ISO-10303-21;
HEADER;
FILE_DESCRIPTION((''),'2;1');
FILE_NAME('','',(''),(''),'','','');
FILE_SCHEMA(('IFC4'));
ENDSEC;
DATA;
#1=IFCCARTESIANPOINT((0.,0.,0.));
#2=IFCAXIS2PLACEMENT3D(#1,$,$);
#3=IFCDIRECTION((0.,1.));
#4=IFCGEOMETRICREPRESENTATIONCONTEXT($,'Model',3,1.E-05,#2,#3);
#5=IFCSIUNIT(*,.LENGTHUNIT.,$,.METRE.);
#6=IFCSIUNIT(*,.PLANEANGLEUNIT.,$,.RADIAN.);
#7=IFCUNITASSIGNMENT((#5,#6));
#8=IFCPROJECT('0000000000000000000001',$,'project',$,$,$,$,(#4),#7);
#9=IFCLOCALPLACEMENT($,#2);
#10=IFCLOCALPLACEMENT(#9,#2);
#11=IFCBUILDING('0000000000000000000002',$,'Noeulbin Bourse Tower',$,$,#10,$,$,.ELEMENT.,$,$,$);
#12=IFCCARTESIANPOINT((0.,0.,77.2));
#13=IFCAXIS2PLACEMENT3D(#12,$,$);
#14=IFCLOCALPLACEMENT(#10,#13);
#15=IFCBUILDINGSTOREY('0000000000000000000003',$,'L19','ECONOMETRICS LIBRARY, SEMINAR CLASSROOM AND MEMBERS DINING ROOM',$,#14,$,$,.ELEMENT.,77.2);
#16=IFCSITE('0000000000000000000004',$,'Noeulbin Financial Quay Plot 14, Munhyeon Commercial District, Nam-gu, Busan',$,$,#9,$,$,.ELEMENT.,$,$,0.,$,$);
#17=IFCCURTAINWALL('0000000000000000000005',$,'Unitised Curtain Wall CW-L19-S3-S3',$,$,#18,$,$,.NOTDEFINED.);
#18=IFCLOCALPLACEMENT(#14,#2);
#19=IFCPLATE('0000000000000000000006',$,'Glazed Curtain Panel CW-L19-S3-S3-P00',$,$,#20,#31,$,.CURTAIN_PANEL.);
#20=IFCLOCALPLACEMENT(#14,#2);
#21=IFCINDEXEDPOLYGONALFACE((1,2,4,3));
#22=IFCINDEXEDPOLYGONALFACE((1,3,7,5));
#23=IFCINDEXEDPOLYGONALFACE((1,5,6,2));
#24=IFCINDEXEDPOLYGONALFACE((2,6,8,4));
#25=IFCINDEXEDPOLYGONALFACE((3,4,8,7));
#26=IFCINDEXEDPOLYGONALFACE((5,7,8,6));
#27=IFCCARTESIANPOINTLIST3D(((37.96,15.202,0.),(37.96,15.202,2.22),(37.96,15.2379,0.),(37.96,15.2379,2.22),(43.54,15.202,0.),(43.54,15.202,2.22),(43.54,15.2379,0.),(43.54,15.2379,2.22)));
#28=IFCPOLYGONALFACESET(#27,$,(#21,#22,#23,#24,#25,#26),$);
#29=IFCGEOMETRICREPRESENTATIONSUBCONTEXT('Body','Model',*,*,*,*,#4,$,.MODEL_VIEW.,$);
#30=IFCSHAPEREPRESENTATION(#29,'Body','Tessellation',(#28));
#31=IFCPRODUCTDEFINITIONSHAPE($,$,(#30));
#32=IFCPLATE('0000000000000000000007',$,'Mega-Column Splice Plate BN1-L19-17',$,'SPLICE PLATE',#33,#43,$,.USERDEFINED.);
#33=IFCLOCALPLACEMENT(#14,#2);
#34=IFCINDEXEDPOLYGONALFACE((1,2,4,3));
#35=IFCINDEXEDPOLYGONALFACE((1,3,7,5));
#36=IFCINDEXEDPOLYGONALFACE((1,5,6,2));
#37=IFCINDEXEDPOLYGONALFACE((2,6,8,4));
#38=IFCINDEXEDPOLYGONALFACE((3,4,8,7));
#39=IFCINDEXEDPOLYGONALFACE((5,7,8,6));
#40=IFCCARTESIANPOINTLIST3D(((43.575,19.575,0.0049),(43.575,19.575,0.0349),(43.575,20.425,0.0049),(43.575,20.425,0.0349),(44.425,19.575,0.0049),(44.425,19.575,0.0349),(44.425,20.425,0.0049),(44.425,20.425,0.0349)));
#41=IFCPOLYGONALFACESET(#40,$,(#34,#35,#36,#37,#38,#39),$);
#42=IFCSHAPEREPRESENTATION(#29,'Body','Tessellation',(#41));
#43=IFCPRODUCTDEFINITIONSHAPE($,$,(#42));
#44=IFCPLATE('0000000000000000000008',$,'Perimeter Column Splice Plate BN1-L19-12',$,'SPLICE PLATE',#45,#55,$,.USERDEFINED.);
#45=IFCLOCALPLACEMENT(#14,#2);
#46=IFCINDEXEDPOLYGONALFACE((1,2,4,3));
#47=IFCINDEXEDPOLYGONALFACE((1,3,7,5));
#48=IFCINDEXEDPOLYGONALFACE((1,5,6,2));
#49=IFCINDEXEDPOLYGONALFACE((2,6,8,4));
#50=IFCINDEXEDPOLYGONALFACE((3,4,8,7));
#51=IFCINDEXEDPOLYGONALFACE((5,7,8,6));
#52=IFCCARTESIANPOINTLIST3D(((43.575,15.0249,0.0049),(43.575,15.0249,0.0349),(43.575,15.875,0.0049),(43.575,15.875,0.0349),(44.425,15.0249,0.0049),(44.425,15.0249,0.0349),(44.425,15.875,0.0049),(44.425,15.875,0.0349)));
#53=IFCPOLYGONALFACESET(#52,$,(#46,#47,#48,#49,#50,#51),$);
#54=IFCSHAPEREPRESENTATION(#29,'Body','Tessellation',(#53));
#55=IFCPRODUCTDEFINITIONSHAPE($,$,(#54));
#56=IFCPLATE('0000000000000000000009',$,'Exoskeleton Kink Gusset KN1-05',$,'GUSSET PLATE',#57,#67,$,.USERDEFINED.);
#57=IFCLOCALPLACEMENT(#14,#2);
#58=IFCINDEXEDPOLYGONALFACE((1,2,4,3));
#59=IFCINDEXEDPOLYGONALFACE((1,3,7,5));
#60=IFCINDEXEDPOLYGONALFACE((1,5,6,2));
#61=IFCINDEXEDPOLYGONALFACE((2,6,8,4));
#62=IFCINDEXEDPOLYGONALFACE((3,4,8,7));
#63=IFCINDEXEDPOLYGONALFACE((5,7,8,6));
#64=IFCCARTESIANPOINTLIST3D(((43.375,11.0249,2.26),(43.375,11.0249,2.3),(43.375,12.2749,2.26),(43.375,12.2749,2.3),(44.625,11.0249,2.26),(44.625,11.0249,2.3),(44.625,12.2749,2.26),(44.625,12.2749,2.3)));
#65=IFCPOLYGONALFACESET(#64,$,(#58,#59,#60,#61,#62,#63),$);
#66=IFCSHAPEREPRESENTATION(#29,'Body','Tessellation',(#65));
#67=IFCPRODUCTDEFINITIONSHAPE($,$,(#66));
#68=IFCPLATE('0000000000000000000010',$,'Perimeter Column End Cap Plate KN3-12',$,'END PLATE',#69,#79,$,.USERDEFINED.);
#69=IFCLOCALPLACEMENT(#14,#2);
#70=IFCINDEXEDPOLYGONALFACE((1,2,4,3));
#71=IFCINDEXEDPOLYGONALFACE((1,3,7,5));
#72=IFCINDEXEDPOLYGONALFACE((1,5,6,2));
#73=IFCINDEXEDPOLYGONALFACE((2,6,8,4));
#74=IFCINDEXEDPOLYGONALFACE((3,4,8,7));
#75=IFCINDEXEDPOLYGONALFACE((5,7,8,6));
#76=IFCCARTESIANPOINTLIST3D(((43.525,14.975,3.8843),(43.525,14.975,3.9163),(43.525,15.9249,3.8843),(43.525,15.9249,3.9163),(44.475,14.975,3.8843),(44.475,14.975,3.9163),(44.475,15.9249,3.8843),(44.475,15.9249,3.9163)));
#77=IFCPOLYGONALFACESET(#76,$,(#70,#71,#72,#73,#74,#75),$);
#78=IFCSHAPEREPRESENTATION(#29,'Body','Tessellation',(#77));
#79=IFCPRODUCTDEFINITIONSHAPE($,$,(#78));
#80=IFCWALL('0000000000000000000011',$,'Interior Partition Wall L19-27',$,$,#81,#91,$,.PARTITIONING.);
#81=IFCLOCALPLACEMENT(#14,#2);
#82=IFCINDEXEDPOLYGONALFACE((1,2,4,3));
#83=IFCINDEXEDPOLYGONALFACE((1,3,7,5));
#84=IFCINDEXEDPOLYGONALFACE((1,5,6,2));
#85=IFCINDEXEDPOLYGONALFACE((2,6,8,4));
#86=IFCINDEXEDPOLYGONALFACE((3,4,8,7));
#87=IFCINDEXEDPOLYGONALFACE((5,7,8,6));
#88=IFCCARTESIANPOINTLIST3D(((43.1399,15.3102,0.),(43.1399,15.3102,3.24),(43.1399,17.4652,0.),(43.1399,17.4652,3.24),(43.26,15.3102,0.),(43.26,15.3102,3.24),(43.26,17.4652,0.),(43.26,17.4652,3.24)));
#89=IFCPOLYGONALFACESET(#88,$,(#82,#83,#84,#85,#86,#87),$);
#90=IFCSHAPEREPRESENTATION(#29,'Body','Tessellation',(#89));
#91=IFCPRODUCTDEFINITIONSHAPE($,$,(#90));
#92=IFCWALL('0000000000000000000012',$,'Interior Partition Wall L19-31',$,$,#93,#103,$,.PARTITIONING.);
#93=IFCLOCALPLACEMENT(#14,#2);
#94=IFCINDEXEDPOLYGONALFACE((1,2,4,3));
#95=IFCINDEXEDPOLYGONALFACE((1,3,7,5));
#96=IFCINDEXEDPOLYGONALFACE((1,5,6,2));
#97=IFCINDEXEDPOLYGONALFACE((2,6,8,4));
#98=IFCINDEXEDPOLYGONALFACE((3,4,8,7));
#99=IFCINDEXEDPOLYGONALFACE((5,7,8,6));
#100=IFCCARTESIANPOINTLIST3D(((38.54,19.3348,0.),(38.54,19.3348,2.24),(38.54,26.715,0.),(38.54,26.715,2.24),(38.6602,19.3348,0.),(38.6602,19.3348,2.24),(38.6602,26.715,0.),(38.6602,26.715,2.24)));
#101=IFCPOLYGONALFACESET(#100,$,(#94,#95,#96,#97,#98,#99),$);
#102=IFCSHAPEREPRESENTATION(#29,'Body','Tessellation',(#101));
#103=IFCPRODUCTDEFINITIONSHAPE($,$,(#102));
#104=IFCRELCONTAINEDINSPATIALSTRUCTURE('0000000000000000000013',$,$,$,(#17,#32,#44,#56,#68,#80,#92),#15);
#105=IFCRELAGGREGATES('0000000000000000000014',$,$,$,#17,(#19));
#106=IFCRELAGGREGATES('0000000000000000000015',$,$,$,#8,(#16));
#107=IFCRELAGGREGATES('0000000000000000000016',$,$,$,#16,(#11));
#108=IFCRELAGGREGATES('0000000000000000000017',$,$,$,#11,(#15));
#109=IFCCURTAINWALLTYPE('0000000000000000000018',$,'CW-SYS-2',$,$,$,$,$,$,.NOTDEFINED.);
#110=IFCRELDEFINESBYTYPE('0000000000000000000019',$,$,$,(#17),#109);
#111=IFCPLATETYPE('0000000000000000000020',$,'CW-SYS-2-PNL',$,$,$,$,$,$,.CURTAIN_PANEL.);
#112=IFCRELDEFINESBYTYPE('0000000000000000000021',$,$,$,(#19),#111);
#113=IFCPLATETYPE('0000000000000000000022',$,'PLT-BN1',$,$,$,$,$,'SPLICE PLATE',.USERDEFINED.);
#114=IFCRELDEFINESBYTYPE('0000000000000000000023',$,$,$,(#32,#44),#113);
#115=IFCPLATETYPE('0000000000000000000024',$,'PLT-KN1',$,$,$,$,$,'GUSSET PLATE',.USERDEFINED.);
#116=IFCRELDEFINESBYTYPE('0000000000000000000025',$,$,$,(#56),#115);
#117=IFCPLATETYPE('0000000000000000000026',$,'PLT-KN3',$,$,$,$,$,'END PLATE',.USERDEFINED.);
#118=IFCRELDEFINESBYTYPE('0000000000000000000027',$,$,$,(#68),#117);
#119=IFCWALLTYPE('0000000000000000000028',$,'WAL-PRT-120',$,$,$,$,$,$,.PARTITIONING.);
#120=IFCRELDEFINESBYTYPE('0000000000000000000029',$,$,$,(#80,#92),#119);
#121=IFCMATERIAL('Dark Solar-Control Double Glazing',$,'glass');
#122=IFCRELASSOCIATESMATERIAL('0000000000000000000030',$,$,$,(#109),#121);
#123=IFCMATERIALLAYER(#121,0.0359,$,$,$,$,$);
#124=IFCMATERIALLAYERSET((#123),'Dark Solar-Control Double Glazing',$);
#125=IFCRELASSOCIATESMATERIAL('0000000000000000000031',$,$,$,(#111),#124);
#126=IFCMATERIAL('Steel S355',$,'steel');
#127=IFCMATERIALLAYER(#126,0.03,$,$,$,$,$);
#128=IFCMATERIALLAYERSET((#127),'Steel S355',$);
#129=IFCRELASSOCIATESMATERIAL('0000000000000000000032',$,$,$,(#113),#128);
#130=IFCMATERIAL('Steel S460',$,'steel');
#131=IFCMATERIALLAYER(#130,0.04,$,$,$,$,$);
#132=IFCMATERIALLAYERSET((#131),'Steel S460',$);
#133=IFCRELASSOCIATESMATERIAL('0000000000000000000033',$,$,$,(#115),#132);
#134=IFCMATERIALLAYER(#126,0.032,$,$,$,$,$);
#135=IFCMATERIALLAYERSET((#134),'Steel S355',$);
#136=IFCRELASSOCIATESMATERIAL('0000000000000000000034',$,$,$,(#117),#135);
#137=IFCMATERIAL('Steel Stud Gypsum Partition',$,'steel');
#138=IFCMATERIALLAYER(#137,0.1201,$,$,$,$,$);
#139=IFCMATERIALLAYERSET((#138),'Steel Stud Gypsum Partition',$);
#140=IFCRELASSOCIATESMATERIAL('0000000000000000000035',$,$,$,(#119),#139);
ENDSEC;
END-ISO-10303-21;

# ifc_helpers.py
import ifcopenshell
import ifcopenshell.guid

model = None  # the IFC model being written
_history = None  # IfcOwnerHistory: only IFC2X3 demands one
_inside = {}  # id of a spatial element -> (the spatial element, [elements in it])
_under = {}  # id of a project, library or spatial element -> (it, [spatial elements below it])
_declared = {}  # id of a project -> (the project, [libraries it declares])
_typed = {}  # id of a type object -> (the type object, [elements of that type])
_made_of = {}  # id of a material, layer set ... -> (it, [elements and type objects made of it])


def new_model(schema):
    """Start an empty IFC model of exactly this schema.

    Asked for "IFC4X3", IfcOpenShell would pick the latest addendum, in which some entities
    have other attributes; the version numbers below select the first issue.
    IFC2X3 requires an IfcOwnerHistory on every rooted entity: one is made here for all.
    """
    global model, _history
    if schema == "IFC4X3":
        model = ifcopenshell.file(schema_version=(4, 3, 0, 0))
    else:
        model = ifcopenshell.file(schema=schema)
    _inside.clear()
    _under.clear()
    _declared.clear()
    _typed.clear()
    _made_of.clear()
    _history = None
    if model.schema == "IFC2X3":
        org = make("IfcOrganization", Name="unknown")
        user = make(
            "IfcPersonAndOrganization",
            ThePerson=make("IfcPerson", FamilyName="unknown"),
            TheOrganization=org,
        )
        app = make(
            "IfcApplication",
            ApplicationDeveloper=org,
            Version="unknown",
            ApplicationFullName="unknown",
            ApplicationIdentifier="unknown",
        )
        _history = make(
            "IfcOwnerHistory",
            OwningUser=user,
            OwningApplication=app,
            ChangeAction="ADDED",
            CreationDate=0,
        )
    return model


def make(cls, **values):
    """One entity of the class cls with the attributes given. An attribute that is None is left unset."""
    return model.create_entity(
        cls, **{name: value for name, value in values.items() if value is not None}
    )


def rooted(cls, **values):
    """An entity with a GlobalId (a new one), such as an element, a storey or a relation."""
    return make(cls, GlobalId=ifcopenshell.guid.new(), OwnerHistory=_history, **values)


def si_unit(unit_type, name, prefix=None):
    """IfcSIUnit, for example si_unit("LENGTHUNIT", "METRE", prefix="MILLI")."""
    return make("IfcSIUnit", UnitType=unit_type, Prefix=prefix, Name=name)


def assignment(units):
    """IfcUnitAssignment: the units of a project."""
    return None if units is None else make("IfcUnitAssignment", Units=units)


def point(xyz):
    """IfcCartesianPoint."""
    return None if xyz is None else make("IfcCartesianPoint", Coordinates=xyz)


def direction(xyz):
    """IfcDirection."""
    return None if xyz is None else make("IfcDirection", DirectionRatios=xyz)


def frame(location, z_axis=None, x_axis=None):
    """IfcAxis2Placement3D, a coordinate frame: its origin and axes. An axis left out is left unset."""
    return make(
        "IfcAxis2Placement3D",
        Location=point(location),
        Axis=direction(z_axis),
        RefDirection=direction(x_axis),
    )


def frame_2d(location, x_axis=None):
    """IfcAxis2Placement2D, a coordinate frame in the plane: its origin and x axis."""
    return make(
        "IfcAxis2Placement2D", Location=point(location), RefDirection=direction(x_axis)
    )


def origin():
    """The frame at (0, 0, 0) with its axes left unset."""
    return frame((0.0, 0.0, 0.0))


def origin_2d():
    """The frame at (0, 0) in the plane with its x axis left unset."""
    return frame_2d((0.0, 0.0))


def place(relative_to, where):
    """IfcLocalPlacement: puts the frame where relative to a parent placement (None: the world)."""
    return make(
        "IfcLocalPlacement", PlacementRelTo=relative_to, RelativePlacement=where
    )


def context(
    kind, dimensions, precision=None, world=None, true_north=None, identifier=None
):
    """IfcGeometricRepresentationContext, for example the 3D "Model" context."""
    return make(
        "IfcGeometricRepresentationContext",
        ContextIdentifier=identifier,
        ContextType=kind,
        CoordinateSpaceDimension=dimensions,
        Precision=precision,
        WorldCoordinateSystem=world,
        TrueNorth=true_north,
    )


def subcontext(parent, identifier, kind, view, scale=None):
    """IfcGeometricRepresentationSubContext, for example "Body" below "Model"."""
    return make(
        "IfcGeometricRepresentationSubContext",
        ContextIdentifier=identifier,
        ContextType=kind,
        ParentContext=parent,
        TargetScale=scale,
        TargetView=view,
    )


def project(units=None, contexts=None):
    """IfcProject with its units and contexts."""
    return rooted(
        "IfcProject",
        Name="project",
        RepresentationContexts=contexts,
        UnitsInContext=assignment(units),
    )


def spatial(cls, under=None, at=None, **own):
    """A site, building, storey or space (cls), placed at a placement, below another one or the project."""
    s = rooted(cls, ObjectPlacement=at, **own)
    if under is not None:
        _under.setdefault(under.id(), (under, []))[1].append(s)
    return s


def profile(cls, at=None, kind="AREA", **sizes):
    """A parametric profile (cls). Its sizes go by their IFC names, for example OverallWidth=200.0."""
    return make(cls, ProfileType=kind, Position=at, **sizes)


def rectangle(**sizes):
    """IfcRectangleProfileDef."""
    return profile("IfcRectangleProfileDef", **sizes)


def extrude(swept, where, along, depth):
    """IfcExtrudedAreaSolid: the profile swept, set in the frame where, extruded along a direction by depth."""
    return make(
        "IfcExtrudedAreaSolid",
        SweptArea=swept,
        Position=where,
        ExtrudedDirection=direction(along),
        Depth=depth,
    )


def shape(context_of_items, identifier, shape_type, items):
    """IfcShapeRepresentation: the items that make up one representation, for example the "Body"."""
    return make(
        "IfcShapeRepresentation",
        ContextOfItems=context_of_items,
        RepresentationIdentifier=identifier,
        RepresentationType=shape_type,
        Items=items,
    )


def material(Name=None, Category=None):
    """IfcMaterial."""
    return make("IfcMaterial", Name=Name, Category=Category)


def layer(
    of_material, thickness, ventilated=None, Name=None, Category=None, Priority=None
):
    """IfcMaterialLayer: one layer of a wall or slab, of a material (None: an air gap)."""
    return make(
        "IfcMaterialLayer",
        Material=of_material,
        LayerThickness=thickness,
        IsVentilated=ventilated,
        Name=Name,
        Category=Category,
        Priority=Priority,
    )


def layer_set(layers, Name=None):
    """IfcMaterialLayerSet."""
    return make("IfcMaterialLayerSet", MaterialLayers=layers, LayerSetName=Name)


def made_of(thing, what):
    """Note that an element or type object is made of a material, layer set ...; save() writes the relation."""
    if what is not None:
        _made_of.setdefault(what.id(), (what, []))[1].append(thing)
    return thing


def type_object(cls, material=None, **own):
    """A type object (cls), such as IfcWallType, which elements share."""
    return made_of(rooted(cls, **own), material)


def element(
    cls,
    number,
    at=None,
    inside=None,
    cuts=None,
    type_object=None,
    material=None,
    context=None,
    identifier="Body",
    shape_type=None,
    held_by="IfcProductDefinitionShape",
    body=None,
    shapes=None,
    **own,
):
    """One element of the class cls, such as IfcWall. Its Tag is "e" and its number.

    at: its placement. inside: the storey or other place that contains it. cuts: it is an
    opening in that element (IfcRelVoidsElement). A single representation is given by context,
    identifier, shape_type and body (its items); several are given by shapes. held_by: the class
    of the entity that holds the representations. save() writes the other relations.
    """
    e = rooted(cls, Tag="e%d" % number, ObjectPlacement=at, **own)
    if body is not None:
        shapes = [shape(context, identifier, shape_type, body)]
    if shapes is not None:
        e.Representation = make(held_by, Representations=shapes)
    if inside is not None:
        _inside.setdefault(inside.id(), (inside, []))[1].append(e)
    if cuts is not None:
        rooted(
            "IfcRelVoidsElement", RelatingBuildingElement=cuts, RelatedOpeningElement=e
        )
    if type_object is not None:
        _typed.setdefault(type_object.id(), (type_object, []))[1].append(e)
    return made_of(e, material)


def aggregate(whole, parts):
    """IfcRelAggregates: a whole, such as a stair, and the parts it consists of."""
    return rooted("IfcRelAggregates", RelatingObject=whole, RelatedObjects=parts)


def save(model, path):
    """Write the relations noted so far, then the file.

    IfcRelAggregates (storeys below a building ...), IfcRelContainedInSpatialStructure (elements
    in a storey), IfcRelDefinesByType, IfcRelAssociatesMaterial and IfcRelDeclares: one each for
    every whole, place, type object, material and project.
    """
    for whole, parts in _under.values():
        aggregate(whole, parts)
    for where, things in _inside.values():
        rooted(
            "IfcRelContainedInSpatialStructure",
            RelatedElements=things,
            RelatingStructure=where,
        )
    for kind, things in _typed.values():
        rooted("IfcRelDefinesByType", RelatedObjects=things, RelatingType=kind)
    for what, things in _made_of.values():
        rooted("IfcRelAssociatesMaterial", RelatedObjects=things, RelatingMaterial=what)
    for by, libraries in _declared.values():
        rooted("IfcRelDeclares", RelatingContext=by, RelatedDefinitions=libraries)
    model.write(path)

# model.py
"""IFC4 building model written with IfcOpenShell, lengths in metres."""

from ifc_helpers import new_model, si_unit, direction, frame, frame_2d, origin, origin_2d, place, context, subcontext, project, spatial, rectangle, extrude, material, layer, layer_set, type_object, element, aggregate, save


model = new_model("IFC4")

# Units and contexts
model_context = context("Model", 3, precision=1e-05, world=origin(), true_north=direction((0.0, 1.0)))
body_context = subcontext(model_context, "Body", "Model", "MODEL_VIEW")
ifc_project = project(units=[si_unit("LENGTHUNIT", "METRE"), si_unit("PLANEANGLEUNIT", "RADIAN")], contexts=[model_context])

# Site, building, storey
site_placement = place(None, origin())
site = spatial("IfcSite", under=ifc_project, at=site_placement, Name="Noeulbin Financial Quay Plot 14, Munhyeon Commercial District, Nam-gu, Busan", CompositionType="ELEMENT", RefElevation=0.0)
building_placement = place(site_placement, origin())
building = spatial("IfcBuilding", under=site, at=building_placement, Name="Noeulbin Bourse Tower", CompositionType="ELEMENT")
storey_placement = place(building_placement, frame((0.0, 0.0, 77.2)))
storey = spatial("IfcBuildingStorey", under=building, at=storey_placement, Name="L19", Description="ECONOMETRICS LIBRARY, SEMINAR CLASSROOM AND MEMBERS DINING ROOM", CompositionType="ELEMENT", Elevation=77.2)

# Shared definitions
ifc_material_1 = material(Name="Steel S355", Category="steel")
ifc_material_2 = material(Name="Steel S460", Category="steel")

# Curtain wall, plate
ifc_material_3 = material(Name="Dark Solar-Control Double Glazing", Category="glass")
curtain_wall_type = type_object("IfcCurtainWallType", Name="CW-SYS-2", PredefinedType="NOTDEFINED", material=ifc_material_3)
curtain_wall_placement = place(storey_placement, origin())
curtain_wall = element("IfcCurtainWall", 1, at=curtain_wall_placement, inside=storey, type_object=curtain_wall_type, Name="Unitised Curtain Wall CW-L19-S3-S3", PredefinedType="NOTDEFINED")
ifc_layer_1 = layer(ifc_material_3, 0.0359)
ifc_layer_set_1 = layer_set([ifc_layer_1], Name="Dark Solar-Control Double Glazing")
plate_type_1 = type_object("IfcPlateType", Name="CW-SYS-2-PNL", PredefinedType="CURTAIN_PANEL", material=ifc_layer_set_1)
plate_1_placement = place(storey_placement, frame((40.75, 15.22, 0.0), z_axis=(0.0, 0.0, 1.0), x_axis=(1.0, 0.0, 0.0)))
plate_1 = element("IfcPlate", 2, at=plate_1_placement, type_object=plate_type_1, Name="Glazed Curtain Panel CW-L19-S3-S3-P00", PredefinedType="CURTAIN_PANEL", context=body_context, shape_type="SweptSolid", body=[
    extrude(rectangle(XDim=5.5801, YDim=0.0359, at=origin_2d()), origin(), (0.0, 0.0, 1.0), 2.22),
])
aggregate(curtain_wall, [plate_1])

# Plates
ifc_layer_2 = layer(ifc_material_1, 0.03)
ifc_layer_set_2 = layer_set([ifc_layer_2], Name="Steel S355")
plate_type_2 = type_object("IfcPlateType", Name="PLT-BN1", ElementType="SPLICE PLATE", PredefinedType="USERDEFINED", material=ifc_layer_set_2)
for number, where, z_axis, x_axis, name in (
    (3, (44.0, 20.0, 0.0049), (0.0, 0.0, 1.0), (1.0, 0.0, 0.0), "Mega-Column Splice Plate BN1-L19-17"),
    (4, (44.0, 15.45, 0.0049), (0.0, 0.0, 1.0), (1.0, 0.0, 0.0), "Perimeter Column Splice Plate BN1-L19-12"),
):
    element("IfcPlate", number, at=place(storey_placement, frame(where, z_axis=z_axis, x_axis=x_axis)), inside=storey, type_object=plate_type_2, Name=name, ObjectType="SPLICE PLATE", PredefinedType="USERDEFINED", context=body_context, shape_type="SweptSolid", body=[
        extrude(rectangle(XDim=0.8501, YDim=0.8501, at=origin_2d()), origin(), (0.0, 0.0, 1.0), 0.03),
    ])
ifc_layer_3 = layer(ifc_material_2, 0.04)
ifc_layer_set_3 = layer_set([ifc_layer_3], Name="Steel S460")
plate_type_3 = type_object("IfcPlateType", Name="PLT-KN1", ElementType="GUSSET PLATE", PredefinedType="USERDEFINED", material=ifc_layer_set_3)
plate_2_placement = place(storey_placement, frame((44.0, 11.6499, 2.26), z_axis=(0.0, 0.0, 1.0), x_axis=(1.0, 0.0, 0.0)))
element("IfcPlate", 5, at=plate_2_placement, inside=storey, type_object=plate_type_3, Name="Exoskeleton Kink Gusset KN1-05", ObjectType="GUSSET PLATE", PredefinedType="USERDEFINED", context=body_context, shape_type="SweptSolid", body=[
    extrude(rectangle(XDim=1.25, YDim=1.25, at=origin_2d()), origin(), (0.0, 0.0, 1.0), 0.04),
])
ifc_layer_4 = layer(ifc_material_1, 0.032)
ifc_layer_set_4 = layer_set([ifc_layer_4], Name="Steel S355")
plate_type_4 = type_object("IfcPlateType", Name="PLT-KN3", ElementType="END PLATE", PredefinedType="USERDEFINED", material=ifc_layer_set_4)
plate_3_placement = place(storey_placement, frame((44.0, 15.45, 3.8843), z_axis=(0.0, 0.0, 1.0), x_axis=(1.0, 0.0, 0.0)))
element("IfcPlate", 6, at=plate_3_placement, inside=storey, type_object=plate_type_4, Name="Perimeter Column End Cap Plate KN3-12", ObjectType="END PLATE", PredefinedType="USERDEFINED", context=body_context, shape_type="SweptSolid", body=[
    extrude(rectangle(XDim=0.95, YDim=0.95, at=origin_2d()), origin(), (0.0, 0.0, 1.0), 0.032),
])

# Walls
ifc_material_4 = material(Name="Steel Stud Gypsum Partition", Category="steel")
ifc_layer_5 = layer(ifc_material_4, 0.1201)
ifc_layer_set_5 = layer_set([ifc_layer_5], Name="Steel Stud Gypsum Partition")
wall_type = type_object("IfcWallType", Name="WAL-PRT-120", PredefinedType="PARTITIONING", material=ifc_layer_set_5)
wall_1_placement = place(storey_placement, frame((43.2, 15.3101, 0.0), z_axis=(0.0, 0.0, 1.0), x_axis=(0.0, 1.0, 0.0)))
element("IfcWall", 7, at=wall_1_placement, inside=storey, type_object=wall_type, Name="Interior Partition Wall L19-27", PredefinedType="PARTITIONING", context=body_context, shape_type="SweptSolid", body=[
    extrude(rectangle(XDim=2.155, YDim=0.1201, at=frame_2d((1.0776, 0.0))), origin(), (0.0, 0.0, 1.0), 3.24),
])
wall_2_placement = place(storey_placement, frame((38.6001, 19.335, 0.0), z_axis=(0.0, 0.0, 1.0), x_axis=(0.0, 1.0, 0.0)))
element("IfcWall", 8, at=wall_2_placement, inside=storey, type_object=wall_type, Name="Interior Partition Wall L19-31", PredefinedType="PARTITIONING", context=body_context, shape_type="SweptSolid", body=[
    extrude(rectangle(XDim=7.3801, YDim=0.1201, at=frame_2d((3.6899, 0.0))), origin(), (0.0, 0.0, 1.0), 2.24),
])

save(model, "model.ifc")
